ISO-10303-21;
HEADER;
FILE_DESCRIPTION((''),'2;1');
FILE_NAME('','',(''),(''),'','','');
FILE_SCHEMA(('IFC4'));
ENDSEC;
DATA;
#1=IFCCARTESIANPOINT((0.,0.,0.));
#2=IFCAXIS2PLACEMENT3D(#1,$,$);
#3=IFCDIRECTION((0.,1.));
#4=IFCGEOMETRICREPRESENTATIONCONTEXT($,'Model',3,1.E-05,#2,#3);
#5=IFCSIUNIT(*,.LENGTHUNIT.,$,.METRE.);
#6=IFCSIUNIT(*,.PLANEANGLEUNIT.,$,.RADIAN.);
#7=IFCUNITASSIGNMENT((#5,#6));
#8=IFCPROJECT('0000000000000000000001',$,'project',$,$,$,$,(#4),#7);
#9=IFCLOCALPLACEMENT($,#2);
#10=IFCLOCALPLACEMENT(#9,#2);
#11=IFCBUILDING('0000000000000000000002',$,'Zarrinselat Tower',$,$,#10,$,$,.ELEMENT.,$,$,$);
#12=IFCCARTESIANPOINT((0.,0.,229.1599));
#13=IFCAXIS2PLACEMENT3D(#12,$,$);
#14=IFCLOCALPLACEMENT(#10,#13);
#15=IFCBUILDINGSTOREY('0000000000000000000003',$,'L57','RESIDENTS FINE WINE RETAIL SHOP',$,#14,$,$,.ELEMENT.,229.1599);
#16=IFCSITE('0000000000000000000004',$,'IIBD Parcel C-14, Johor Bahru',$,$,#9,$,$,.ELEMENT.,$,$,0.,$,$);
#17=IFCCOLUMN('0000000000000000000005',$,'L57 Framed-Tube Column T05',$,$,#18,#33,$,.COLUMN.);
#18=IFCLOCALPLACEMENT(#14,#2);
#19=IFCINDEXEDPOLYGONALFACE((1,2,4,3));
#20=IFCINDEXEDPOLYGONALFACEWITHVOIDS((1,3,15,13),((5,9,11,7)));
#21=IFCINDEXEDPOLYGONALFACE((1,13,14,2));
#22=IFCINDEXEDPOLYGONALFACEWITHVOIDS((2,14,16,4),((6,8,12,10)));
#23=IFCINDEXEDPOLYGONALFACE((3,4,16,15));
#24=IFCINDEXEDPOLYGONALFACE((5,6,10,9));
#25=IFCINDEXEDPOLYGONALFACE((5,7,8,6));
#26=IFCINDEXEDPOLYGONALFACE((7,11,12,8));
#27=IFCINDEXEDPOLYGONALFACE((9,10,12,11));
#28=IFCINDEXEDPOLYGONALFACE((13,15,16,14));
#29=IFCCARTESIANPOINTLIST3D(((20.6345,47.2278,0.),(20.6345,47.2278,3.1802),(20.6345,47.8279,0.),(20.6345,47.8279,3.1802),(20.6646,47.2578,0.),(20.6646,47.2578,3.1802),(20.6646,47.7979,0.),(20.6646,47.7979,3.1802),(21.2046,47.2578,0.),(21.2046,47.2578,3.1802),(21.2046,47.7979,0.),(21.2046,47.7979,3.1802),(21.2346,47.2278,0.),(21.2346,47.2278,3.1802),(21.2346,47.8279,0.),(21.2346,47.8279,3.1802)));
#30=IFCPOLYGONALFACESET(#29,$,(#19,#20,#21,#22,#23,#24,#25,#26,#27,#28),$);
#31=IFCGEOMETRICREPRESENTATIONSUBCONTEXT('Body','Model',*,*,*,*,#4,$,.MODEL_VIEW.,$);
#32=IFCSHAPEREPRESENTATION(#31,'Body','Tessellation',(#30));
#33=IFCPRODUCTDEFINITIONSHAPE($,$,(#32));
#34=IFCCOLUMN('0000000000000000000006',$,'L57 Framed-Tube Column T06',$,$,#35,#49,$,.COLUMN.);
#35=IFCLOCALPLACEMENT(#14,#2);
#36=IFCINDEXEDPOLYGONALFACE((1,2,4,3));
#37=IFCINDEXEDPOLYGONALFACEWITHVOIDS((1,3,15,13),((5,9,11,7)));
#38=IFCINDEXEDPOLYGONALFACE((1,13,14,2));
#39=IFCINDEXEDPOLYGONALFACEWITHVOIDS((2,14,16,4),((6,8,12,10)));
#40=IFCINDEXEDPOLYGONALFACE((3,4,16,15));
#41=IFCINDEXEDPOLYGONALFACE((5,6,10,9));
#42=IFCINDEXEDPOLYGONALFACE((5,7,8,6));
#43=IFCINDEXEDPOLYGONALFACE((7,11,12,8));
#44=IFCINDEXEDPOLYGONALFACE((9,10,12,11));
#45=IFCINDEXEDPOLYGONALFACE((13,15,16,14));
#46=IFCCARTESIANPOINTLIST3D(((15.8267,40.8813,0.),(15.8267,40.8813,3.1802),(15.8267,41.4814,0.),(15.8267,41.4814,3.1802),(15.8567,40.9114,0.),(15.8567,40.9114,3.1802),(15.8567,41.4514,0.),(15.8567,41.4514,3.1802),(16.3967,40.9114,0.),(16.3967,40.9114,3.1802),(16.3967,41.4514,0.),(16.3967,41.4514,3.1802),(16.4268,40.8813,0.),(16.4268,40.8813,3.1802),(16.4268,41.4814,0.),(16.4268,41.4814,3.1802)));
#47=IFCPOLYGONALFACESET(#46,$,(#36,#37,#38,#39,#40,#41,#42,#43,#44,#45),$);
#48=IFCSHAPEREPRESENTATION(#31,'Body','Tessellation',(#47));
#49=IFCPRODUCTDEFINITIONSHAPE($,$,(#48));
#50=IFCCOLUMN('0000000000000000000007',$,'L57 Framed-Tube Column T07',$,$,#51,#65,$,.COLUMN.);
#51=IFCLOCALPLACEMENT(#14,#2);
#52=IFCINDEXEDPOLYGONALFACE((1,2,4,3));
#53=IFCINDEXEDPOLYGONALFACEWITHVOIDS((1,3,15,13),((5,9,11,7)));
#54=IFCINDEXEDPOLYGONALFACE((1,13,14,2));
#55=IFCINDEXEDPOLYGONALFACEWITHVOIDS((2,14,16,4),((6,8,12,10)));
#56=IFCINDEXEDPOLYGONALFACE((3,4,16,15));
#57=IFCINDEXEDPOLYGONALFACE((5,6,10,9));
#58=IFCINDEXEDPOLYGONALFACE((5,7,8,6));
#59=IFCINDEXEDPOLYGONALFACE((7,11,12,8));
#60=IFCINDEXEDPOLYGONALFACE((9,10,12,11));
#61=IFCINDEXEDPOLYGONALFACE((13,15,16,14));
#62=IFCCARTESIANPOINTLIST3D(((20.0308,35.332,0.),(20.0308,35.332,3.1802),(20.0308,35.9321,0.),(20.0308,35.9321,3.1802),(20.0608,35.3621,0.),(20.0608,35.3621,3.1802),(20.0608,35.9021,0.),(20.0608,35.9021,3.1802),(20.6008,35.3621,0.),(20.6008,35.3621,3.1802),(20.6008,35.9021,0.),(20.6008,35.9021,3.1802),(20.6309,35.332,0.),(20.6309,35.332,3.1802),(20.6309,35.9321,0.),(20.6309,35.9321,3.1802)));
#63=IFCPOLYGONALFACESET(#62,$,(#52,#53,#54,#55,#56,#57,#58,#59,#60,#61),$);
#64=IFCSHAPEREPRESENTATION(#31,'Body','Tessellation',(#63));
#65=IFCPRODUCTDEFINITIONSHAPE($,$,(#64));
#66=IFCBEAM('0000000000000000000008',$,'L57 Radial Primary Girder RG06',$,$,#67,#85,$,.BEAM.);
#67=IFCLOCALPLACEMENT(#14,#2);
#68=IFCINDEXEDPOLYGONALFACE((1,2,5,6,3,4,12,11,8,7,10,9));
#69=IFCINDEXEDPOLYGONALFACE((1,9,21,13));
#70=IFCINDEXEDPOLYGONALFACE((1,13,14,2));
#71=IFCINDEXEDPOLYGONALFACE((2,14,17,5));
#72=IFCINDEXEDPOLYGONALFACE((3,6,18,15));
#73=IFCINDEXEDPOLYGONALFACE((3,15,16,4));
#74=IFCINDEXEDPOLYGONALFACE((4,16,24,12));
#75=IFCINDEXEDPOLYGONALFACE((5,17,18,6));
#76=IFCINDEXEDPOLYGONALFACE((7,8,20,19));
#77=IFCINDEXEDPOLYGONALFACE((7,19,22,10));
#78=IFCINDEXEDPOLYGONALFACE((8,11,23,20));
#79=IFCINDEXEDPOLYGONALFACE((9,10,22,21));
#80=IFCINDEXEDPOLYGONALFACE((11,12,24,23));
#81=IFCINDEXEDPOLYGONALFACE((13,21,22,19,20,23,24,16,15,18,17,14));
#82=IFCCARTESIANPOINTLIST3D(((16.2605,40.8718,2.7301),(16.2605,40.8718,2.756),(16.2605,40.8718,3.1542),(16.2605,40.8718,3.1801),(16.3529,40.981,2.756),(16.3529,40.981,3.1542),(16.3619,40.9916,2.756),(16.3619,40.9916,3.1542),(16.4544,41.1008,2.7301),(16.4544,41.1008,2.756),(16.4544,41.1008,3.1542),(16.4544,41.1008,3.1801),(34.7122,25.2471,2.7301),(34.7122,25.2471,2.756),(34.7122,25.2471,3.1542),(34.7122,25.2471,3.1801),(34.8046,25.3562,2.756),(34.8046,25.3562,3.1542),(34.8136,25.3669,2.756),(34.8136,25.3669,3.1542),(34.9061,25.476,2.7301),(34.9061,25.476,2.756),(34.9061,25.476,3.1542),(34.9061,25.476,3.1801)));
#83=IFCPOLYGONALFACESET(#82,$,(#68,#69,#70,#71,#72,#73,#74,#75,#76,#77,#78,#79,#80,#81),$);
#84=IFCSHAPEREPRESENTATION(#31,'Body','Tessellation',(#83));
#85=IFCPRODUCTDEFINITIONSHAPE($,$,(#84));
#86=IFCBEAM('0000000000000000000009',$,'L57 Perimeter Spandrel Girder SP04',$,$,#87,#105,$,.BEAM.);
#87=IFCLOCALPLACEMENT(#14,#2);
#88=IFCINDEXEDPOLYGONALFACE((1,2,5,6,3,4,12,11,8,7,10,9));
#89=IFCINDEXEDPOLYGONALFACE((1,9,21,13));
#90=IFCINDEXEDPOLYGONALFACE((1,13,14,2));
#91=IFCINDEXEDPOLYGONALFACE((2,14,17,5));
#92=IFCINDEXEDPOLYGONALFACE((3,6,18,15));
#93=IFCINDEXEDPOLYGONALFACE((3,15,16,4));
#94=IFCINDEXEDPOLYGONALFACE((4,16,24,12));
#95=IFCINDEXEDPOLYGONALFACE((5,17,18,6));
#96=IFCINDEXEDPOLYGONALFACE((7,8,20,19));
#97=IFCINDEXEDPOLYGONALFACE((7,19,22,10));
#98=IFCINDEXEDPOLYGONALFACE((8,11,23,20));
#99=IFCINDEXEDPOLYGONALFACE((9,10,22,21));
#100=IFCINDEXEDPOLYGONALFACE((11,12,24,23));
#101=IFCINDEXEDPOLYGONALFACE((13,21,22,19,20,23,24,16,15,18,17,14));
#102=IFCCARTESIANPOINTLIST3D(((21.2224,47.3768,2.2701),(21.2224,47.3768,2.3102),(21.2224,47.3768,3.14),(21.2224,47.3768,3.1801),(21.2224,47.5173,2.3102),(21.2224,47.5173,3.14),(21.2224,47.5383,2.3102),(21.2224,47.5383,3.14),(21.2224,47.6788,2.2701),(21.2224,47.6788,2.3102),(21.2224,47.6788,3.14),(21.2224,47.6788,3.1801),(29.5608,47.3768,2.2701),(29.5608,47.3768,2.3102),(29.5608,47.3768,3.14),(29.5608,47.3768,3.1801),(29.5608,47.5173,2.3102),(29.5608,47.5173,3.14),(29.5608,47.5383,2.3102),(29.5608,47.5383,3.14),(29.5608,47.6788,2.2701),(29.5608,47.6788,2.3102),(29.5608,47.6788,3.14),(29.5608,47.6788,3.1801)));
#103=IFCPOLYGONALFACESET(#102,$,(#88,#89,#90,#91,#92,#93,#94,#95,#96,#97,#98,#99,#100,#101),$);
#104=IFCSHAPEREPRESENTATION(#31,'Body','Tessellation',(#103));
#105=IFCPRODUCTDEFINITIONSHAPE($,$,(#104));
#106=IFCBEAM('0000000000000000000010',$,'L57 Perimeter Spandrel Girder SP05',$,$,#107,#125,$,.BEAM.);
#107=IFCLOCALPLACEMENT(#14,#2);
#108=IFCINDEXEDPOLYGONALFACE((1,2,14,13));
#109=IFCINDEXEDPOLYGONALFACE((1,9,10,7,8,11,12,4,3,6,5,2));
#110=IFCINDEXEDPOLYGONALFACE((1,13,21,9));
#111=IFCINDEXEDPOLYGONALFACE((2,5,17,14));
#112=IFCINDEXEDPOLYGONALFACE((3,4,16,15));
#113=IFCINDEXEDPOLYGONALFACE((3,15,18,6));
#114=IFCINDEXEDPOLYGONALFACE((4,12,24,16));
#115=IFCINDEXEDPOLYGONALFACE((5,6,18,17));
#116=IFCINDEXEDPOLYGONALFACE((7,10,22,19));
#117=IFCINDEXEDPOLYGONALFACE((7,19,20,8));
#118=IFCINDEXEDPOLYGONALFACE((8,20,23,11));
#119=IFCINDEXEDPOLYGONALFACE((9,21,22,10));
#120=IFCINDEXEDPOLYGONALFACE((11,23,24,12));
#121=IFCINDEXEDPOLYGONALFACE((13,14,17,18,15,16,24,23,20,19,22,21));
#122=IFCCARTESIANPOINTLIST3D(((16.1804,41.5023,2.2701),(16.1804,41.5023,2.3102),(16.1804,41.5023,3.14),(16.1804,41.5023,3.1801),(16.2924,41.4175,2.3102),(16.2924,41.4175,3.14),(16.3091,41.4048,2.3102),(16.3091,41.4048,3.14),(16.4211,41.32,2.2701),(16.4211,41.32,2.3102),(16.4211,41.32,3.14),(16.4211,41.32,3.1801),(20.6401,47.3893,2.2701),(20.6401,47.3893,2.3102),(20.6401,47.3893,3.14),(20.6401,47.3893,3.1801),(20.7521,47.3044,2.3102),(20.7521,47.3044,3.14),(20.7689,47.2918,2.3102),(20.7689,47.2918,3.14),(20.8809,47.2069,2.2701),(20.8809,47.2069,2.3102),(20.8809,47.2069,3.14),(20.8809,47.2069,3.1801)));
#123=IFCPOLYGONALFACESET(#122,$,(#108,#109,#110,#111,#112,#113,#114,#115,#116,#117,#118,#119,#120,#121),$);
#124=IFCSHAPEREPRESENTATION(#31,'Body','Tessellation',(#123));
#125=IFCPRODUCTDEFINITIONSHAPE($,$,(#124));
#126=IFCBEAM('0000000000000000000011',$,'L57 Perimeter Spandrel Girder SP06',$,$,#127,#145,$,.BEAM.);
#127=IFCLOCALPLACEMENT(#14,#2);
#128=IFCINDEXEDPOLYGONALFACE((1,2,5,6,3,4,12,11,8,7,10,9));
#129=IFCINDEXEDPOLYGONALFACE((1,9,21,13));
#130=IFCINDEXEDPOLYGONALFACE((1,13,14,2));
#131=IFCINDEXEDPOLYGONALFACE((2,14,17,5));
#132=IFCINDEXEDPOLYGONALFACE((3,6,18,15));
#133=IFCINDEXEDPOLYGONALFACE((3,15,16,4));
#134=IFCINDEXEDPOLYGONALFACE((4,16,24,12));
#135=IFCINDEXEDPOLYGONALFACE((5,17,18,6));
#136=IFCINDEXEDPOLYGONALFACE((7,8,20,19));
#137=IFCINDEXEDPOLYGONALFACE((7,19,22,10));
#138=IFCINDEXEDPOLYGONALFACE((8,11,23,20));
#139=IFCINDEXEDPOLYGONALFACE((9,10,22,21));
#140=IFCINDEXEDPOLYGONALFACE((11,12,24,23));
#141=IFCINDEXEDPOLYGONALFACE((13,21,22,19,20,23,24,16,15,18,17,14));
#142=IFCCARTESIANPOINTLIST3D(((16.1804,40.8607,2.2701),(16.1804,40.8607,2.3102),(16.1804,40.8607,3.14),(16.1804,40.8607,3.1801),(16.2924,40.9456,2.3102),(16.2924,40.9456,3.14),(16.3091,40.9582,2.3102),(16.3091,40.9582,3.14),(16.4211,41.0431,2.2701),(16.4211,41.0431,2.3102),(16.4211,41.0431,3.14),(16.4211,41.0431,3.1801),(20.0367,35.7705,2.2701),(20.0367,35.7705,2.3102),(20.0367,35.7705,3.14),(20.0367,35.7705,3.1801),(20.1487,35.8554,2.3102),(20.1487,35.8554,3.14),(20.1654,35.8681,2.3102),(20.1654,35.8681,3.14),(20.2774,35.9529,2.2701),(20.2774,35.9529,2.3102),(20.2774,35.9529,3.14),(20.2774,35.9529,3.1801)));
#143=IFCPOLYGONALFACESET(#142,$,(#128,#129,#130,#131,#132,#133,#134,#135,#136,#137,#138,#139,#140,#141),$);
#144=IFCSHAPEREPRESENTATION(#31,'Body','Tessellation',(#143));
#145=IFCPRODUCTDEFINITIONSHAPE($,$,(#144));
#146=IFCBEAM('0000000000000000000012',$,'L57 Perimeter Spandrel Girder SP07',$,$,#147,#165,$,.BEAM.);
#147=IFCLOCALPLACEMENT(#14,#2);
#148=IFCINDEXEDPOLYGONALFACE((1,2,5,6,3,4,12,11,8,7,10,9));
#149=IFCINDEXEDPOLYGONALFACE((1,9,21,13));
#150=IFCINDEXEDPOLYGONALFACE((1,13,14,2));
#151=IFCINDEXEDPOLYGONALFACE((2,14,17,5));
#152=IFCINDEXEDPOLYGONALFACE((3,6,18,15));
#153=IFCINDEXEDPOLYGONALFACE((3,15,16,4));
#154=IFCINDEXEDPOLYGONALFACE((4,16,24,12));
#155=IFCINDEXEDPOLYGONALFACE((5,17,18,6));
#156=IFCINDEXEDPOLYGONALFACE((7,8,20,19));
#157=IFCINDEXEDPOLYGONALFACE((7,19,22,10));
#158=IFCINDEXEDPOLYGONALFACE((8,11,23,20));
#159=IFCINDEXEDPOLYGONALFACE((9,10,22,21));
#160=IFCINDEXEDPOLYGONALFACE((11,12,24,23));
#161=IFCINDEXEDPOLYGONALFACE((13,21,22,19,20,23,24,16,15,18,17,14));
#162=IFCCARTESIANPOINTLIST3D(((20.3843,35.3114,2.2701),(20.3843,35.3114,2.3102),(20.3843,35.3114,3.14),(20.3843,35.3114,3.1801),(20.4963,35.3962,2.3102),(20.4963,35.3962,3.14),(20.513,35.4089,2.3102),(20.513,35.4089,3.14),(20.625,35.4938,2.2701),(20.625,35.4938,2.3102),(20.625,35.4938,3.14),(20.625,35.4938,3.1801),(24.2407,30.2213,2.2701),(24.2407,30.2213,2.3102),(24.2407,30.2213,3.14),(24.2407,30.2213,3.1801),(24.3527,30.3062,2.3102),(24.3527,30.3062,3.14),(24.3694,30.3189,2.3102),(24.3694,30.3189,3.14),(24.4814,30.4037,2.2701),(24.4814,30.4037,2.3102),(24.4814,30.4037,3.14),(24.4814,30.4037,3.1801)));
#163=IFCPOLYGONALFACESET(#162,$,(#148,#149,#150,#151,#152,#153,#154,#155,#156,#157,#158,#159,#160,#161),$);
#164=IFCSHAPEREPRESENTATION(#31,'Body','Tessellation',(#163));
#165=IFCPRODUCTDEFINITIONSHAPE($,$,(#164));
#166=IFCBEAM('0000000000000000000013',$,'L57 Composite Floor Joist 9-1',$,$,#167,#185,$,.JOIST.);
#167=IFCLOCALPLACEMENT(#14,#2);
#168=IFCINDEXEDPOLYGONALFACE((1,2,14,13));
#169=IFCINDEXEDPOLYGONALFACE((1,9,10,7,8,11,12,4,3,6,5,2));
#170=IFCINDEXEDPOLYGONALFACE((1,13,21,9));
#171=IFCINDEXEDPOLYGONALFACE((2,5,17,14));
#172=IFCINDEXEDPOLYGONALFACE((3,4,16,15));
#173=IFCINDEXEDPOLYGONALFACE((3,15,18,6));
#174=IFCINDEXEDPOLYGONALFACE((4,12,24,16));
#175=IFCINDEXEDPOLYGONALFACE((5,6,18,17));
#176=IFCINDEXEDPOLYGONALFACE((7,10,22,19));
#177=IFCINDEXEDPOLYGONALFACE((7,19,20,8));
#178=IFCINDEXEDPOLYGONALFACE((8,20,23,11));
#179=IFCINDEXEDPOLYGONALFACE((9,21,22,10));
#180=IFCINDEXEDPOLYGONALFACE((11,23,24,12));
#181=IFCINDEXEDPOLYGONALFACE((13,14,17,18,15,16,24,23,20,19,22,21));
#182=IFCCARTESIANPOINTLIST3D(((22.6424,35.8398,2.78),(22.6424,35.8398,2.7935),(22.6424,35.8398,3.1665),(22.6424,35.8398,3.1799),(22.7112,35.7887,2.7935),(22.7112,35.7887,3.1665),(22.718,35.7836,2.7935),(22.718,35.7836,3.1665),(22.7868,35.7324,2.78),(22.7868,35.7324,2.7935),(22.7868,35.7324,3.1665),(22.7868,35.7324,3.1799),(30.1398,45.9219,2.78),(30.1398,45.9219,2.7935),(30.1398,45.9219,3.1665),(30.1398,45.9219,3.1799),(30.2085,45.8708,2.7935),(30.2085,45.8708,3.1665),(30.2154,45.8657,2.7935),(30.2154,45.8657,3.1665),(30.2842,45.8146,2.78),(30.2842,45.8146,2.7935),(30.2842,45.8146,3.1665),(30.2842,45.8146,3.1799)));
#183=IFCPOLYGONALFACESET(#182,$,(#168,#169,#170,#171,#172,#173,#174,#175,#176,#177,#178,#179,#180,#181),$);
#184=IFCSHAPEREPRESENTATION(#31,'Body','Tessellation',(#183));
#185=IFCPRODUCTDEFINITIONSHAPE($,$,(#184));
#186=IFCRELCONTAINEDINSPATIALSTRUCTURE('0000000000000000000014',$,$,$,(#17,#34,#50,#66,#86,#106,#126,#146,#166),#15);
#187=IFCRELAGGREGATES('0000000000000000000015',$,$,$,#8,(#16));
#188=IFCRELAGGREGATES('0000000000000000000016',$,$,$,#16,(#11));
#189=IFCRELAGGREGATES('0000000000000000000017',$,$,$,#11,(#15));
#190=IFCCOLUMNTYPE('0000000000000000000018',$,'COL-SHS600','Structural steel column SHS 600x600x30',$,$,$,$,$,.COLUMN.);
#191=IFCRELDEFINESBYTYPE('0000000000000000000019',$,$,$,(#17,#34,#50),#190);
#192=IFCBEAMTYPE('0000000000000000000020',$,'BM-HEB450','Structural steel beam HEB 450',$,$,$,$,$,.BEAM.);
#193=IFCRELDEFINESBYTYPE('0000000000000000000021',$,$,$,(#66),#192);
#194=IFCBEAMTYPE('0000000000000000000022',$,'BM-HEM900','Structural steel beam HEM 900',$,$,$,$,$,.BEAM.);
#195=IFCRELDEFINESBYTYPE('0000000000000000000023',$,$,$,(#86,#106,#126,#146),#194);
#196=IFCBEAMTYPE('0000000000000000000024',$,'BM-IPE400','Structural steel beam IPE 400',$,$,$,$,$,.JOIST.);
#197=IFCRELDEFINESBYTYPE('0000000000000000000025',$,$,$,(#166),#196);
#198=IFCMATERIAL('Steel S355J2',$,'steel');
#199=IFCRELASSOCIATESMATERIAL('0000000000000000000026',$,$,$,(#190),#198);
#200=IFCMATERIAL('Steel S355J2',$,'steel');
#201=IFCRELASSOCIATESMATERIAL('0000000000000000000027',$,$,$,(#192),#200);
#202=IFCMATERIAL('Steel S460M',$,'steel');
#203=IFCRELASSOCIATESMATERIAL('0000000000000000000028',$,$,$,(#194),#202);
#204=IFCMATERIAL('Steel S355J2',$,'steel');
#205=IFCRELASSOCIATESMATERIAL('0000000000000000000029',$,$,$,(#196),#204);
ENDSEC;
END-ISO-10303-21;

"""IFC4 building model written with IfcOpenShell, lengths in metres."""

from ifc_helpers import new_model, si_unit, direction, frame, origin, origin_2d, place, context, subcontext, project, spatial, hollow_rectangle, i_section, extrude, material, material_profile, profile_set, type_object, element, save


model = new_model("IFC4")

# Units and contexts
model_context = context("Model", 3, precision=1e-05, world=origin(), true_north=direction((0.0, 1.0)))
body_context = subcontext(model_context, "Body", "Model", "MODEL_VIEW")
ifc_project = project(units=[si_unit("LENGTHUNIT", "METRE"), si_unit("PLANEANGLEUNIT", "RADIAN")], contexts=[model_context])

# Site, building, storey
site_placement = place(None, origin())
site = spatial("IfcSite", under=ifc_project, at=site_placement, Name="IIBD Parcel C-14, Johor Bahru", CompositionType="ELEMENT", RefElevation=0.0)
building_placement = place(site_placement, origin())
building = spatial("IfcBuilding", under=site, at=building_placement, Name="Zarrinselat Tower", CompositionType="ELEMENT")
storey_placement = place(building_placement, frame((0.0, 0.0, 229.1599)))
storey = spatial("IfcBuildingStorey", under=building, at=storey_placement, Name="L57", Description="RESIDENTS FINE WINE RETAIL SHOP", CompositionType="ELEMENT", Elevation=229.1599)

# Columns
ifc_material_1 = material(Name="Steel S355J2", Category="steel")
ifc_material_profile_1 = material_profile(ifc_material_1, hollow_rectangle(XDim=0.6001, YDim=0.6001, WallThickness=0.03, at=origin_2d()), Name="SHS 600x600x30")
ifc_profile_set_1 = profile_set([ifc_material_profile_1], Name="Steel S355J2")
column_type = type_object("IfcColumnType", Name="COL-SHS600", Description="Structural steel column SHS 600x600x30", PredefinedType="COLUMN", material=ifc_profile_set_1)
for number, where, z_axis, x_axis, name in (
    (1, (20.9346, 47.5278, 0.0), (0.0, 0.0, 1.0), (1.0, 0.0, 0.0), "L57 Framed-Tube Column T05"),
    (2, (16.1267, 41.1814, 0.0), (0.0, 0.0, 1.0), (1.0, 0.0, 0.0), "L57 Framed-Tube Column T06"),
    (3, (20.3308, 35.6321, 0.0), (0.0, 0.0, 1.0), (1.0, 0.0, 0.0), "L57 Framed-Tube Column T07"),
):
    element("IfcColumn", number, at=place(storey_placement, frame(where, z_axis=z_axis, x_axis=x_axis)), inside=storey, type_object=column_type, Name=name, PredefinedType="COLUMN", context=body_context, shape_type="SweptSolid", body=[
        extrude(hollow_rectangle(XDim=0.6001, YDim=0.6001, WallThickness=0.03, at=origin_2d()), origin(), (0.0, 0.0, 1.0), 3.1802),
    ])

# Beams
ifc_material_2 = material(Name="Steel S355J2", Category="steel")
ifc_material_profile_2 = material_profile(ifc_material_2, i_section(OverallWidth=0.3, OverallDepth=0.45, WebThickness=0.0139, FlangeThickness=0.0259, at=origin_2d()), Name="HEB 450")
ifc_profile_set_2 = profile_set([ifc_material_profile_2], Name="Steel S355J2")
beam_type_1 = type_object("IfcBeamType", Name="BM-HEB450", Description="Structural steel beam HEB 450", PredefinedType="BEAM", material=ifc_profile_set_2)
beam_1_placement = place(storey_placement, frame((16.3574, 40.9863, 2.9551), z_axis=(0.763145, -0.646227, 0.0), x_axis=(0.646227, 0.763145, 0.0)))
element("IfcBeam", 4, at=beam_1_placement, inside=storey, type_object=beam_type_1, Name="L57 Radial Primary Girder RG06", PredefinedType="BEAM", context=body_context, shape_type="SweptSolid", body=[
    extrude(i_section(OverallWidth=0.3, OverallDepth=0.45, WebThickness=0.0139, FlangeThickness=0.0259, at=origin_2d()), origin(), (0.0, 0.0, 1.0), 24.1785),
])
ifc_material_3 = material(Name="Steel S460M", Category="steel")
ifc_material_profile_3 = material_profile(ifc_material_3, i_section(OverallWidth=0.302, OverallDepth=0.9099, WebThickness=0.021, FlangeThickness=0.04, at=origin_2d()), Name="HEM 900")
ifc_profile_set_3 = profile_set([ifc_material_profile_3], Name="Steel S460M")
beam_type_2 = type_object("IfcBeamType", Name="BM-HEM900", Description="Structural steel beam HEM 900", PredefinedType="BEAM", material=ifc_profile_set_3)
beam_2_placement = place(storey_placement, frame((21.2224, 47.5278, 2.7251), z_axis=(1.0, 0.0, 0.0), x_axis=(0.0, 1.0, 0.0)))
element("IfcBeam", 5, at=beam_2_placement, inside=storey, type_object=beam_type_2, Name="L57 Perimeter Spandrel Girder SP04", PredefinedType="BEAM", context=body_context, shape_type="SweptSolid", body=[
    extrude(i_section(OverallWidth=0.302, OverallDepth=0.9099, WebThickness=0.021, FlangeThickness=0.04, at=origin_2d()), origin(), (0.0, 0.0, 1.0), 8.3384),
])
beam_3_placement = place(storey_placement, frame((16.3008, 41.4111, 2.7251), z_axis=(0.603849, 0.797099, 0.0), x_axis=(-0.797099, 0.603849, 0.0)))
element("IfcBeam", 6, at=beam_3_placement, inside=storey, type_object=beam_type_2, Name="L57 Perimeter Spandrel Girder SP05", PredefinedType="BEAM", context=body_context, shape_type="SweptSolid", body=[
    extrude(i_section(OverallWidth=0.302, OverallDepth=0.9099, WebThickness=0.021, FlangeThickness=0.04, at=origin_2d()), origin(), (0.0, 0.0, 1.0), 7.3855),
])
for number, where, z_axis, x_axis, name in (
    (7, (16.3008, 40.9519, 2.7251), (0.603865, -0.797087, 0.0), (0.797087, 0.603865, 0.0), "L57 Perimeter Spandrel Girder SP06"),
    (8, (20.5046, 35.4026, 2.7251), (0.603889, -0.797068, 0.0), (0.797068, 0.603889, 0.0), "L57 Perimeter Spandrel Girder SP07"),
):
    element("IfcBeam", number, at=place(storey_placement, frame(where, z_axis=z_axis, x_axis=x_axis)), inside=storey, type_object=beam_type_2, Name=name, PredefinedType="BEAM", context=body_context, shape_type="SweptSolid", body=[
        extrude(i_section(OverallWidth=0.302, OverallDepth=0.9099, WebThickness=0.021, FlangeThickness=0.04, at=origin_2d()), origin(), (0.0, 0.0, 1.0), 6.386),
    ])
ifc_material_4 = material(Name="Steel S355J2", Category="steel")
ifc_material_profile_4 = material_profile(ifc_material_4, i_section(OverallWidth=0.1799, OverallDepth=0.3999, WebThickness=0.0085, FlangeThickness=0.0134, at=origin_2d()), Name="IPE 400")
ifc_profile_set_4 = profile_set([ifc_material_profile_4], Name="Steel S355J2")
beam_type_3 = type_object("IfcBeamType", Name="BM-IPE400", Description="Structural steel beam IPE 400", PredefinedType="JOIST", material=ifc_profile_set_4)
beam_4_placement = place(storey_placement, frame((22.7146, 35.7861, 2.98), z_axis=(0.596724, 0.802446, 0.0), x_axis=(-0.802446, 0.596724, 0.0)))
element("IfcBeam", 9, at=beam_4_placement, inside=storey, type_object=beam_type_3, Name="L57 Composite Floor Joist 9-1", PredefinedType="JOIST", context=body_context, shape_type="SweptSolid", body=[
    extrude(i_section(OverallWidth=0.1799, OverallDepth=0.3999, WebThickness=0.0085, FlangeThickness=0.0134, at=origin_2d()), origin(), (0.0, 0.0, 1.0), 12.5642),
])

save(model, "model.ifc")
